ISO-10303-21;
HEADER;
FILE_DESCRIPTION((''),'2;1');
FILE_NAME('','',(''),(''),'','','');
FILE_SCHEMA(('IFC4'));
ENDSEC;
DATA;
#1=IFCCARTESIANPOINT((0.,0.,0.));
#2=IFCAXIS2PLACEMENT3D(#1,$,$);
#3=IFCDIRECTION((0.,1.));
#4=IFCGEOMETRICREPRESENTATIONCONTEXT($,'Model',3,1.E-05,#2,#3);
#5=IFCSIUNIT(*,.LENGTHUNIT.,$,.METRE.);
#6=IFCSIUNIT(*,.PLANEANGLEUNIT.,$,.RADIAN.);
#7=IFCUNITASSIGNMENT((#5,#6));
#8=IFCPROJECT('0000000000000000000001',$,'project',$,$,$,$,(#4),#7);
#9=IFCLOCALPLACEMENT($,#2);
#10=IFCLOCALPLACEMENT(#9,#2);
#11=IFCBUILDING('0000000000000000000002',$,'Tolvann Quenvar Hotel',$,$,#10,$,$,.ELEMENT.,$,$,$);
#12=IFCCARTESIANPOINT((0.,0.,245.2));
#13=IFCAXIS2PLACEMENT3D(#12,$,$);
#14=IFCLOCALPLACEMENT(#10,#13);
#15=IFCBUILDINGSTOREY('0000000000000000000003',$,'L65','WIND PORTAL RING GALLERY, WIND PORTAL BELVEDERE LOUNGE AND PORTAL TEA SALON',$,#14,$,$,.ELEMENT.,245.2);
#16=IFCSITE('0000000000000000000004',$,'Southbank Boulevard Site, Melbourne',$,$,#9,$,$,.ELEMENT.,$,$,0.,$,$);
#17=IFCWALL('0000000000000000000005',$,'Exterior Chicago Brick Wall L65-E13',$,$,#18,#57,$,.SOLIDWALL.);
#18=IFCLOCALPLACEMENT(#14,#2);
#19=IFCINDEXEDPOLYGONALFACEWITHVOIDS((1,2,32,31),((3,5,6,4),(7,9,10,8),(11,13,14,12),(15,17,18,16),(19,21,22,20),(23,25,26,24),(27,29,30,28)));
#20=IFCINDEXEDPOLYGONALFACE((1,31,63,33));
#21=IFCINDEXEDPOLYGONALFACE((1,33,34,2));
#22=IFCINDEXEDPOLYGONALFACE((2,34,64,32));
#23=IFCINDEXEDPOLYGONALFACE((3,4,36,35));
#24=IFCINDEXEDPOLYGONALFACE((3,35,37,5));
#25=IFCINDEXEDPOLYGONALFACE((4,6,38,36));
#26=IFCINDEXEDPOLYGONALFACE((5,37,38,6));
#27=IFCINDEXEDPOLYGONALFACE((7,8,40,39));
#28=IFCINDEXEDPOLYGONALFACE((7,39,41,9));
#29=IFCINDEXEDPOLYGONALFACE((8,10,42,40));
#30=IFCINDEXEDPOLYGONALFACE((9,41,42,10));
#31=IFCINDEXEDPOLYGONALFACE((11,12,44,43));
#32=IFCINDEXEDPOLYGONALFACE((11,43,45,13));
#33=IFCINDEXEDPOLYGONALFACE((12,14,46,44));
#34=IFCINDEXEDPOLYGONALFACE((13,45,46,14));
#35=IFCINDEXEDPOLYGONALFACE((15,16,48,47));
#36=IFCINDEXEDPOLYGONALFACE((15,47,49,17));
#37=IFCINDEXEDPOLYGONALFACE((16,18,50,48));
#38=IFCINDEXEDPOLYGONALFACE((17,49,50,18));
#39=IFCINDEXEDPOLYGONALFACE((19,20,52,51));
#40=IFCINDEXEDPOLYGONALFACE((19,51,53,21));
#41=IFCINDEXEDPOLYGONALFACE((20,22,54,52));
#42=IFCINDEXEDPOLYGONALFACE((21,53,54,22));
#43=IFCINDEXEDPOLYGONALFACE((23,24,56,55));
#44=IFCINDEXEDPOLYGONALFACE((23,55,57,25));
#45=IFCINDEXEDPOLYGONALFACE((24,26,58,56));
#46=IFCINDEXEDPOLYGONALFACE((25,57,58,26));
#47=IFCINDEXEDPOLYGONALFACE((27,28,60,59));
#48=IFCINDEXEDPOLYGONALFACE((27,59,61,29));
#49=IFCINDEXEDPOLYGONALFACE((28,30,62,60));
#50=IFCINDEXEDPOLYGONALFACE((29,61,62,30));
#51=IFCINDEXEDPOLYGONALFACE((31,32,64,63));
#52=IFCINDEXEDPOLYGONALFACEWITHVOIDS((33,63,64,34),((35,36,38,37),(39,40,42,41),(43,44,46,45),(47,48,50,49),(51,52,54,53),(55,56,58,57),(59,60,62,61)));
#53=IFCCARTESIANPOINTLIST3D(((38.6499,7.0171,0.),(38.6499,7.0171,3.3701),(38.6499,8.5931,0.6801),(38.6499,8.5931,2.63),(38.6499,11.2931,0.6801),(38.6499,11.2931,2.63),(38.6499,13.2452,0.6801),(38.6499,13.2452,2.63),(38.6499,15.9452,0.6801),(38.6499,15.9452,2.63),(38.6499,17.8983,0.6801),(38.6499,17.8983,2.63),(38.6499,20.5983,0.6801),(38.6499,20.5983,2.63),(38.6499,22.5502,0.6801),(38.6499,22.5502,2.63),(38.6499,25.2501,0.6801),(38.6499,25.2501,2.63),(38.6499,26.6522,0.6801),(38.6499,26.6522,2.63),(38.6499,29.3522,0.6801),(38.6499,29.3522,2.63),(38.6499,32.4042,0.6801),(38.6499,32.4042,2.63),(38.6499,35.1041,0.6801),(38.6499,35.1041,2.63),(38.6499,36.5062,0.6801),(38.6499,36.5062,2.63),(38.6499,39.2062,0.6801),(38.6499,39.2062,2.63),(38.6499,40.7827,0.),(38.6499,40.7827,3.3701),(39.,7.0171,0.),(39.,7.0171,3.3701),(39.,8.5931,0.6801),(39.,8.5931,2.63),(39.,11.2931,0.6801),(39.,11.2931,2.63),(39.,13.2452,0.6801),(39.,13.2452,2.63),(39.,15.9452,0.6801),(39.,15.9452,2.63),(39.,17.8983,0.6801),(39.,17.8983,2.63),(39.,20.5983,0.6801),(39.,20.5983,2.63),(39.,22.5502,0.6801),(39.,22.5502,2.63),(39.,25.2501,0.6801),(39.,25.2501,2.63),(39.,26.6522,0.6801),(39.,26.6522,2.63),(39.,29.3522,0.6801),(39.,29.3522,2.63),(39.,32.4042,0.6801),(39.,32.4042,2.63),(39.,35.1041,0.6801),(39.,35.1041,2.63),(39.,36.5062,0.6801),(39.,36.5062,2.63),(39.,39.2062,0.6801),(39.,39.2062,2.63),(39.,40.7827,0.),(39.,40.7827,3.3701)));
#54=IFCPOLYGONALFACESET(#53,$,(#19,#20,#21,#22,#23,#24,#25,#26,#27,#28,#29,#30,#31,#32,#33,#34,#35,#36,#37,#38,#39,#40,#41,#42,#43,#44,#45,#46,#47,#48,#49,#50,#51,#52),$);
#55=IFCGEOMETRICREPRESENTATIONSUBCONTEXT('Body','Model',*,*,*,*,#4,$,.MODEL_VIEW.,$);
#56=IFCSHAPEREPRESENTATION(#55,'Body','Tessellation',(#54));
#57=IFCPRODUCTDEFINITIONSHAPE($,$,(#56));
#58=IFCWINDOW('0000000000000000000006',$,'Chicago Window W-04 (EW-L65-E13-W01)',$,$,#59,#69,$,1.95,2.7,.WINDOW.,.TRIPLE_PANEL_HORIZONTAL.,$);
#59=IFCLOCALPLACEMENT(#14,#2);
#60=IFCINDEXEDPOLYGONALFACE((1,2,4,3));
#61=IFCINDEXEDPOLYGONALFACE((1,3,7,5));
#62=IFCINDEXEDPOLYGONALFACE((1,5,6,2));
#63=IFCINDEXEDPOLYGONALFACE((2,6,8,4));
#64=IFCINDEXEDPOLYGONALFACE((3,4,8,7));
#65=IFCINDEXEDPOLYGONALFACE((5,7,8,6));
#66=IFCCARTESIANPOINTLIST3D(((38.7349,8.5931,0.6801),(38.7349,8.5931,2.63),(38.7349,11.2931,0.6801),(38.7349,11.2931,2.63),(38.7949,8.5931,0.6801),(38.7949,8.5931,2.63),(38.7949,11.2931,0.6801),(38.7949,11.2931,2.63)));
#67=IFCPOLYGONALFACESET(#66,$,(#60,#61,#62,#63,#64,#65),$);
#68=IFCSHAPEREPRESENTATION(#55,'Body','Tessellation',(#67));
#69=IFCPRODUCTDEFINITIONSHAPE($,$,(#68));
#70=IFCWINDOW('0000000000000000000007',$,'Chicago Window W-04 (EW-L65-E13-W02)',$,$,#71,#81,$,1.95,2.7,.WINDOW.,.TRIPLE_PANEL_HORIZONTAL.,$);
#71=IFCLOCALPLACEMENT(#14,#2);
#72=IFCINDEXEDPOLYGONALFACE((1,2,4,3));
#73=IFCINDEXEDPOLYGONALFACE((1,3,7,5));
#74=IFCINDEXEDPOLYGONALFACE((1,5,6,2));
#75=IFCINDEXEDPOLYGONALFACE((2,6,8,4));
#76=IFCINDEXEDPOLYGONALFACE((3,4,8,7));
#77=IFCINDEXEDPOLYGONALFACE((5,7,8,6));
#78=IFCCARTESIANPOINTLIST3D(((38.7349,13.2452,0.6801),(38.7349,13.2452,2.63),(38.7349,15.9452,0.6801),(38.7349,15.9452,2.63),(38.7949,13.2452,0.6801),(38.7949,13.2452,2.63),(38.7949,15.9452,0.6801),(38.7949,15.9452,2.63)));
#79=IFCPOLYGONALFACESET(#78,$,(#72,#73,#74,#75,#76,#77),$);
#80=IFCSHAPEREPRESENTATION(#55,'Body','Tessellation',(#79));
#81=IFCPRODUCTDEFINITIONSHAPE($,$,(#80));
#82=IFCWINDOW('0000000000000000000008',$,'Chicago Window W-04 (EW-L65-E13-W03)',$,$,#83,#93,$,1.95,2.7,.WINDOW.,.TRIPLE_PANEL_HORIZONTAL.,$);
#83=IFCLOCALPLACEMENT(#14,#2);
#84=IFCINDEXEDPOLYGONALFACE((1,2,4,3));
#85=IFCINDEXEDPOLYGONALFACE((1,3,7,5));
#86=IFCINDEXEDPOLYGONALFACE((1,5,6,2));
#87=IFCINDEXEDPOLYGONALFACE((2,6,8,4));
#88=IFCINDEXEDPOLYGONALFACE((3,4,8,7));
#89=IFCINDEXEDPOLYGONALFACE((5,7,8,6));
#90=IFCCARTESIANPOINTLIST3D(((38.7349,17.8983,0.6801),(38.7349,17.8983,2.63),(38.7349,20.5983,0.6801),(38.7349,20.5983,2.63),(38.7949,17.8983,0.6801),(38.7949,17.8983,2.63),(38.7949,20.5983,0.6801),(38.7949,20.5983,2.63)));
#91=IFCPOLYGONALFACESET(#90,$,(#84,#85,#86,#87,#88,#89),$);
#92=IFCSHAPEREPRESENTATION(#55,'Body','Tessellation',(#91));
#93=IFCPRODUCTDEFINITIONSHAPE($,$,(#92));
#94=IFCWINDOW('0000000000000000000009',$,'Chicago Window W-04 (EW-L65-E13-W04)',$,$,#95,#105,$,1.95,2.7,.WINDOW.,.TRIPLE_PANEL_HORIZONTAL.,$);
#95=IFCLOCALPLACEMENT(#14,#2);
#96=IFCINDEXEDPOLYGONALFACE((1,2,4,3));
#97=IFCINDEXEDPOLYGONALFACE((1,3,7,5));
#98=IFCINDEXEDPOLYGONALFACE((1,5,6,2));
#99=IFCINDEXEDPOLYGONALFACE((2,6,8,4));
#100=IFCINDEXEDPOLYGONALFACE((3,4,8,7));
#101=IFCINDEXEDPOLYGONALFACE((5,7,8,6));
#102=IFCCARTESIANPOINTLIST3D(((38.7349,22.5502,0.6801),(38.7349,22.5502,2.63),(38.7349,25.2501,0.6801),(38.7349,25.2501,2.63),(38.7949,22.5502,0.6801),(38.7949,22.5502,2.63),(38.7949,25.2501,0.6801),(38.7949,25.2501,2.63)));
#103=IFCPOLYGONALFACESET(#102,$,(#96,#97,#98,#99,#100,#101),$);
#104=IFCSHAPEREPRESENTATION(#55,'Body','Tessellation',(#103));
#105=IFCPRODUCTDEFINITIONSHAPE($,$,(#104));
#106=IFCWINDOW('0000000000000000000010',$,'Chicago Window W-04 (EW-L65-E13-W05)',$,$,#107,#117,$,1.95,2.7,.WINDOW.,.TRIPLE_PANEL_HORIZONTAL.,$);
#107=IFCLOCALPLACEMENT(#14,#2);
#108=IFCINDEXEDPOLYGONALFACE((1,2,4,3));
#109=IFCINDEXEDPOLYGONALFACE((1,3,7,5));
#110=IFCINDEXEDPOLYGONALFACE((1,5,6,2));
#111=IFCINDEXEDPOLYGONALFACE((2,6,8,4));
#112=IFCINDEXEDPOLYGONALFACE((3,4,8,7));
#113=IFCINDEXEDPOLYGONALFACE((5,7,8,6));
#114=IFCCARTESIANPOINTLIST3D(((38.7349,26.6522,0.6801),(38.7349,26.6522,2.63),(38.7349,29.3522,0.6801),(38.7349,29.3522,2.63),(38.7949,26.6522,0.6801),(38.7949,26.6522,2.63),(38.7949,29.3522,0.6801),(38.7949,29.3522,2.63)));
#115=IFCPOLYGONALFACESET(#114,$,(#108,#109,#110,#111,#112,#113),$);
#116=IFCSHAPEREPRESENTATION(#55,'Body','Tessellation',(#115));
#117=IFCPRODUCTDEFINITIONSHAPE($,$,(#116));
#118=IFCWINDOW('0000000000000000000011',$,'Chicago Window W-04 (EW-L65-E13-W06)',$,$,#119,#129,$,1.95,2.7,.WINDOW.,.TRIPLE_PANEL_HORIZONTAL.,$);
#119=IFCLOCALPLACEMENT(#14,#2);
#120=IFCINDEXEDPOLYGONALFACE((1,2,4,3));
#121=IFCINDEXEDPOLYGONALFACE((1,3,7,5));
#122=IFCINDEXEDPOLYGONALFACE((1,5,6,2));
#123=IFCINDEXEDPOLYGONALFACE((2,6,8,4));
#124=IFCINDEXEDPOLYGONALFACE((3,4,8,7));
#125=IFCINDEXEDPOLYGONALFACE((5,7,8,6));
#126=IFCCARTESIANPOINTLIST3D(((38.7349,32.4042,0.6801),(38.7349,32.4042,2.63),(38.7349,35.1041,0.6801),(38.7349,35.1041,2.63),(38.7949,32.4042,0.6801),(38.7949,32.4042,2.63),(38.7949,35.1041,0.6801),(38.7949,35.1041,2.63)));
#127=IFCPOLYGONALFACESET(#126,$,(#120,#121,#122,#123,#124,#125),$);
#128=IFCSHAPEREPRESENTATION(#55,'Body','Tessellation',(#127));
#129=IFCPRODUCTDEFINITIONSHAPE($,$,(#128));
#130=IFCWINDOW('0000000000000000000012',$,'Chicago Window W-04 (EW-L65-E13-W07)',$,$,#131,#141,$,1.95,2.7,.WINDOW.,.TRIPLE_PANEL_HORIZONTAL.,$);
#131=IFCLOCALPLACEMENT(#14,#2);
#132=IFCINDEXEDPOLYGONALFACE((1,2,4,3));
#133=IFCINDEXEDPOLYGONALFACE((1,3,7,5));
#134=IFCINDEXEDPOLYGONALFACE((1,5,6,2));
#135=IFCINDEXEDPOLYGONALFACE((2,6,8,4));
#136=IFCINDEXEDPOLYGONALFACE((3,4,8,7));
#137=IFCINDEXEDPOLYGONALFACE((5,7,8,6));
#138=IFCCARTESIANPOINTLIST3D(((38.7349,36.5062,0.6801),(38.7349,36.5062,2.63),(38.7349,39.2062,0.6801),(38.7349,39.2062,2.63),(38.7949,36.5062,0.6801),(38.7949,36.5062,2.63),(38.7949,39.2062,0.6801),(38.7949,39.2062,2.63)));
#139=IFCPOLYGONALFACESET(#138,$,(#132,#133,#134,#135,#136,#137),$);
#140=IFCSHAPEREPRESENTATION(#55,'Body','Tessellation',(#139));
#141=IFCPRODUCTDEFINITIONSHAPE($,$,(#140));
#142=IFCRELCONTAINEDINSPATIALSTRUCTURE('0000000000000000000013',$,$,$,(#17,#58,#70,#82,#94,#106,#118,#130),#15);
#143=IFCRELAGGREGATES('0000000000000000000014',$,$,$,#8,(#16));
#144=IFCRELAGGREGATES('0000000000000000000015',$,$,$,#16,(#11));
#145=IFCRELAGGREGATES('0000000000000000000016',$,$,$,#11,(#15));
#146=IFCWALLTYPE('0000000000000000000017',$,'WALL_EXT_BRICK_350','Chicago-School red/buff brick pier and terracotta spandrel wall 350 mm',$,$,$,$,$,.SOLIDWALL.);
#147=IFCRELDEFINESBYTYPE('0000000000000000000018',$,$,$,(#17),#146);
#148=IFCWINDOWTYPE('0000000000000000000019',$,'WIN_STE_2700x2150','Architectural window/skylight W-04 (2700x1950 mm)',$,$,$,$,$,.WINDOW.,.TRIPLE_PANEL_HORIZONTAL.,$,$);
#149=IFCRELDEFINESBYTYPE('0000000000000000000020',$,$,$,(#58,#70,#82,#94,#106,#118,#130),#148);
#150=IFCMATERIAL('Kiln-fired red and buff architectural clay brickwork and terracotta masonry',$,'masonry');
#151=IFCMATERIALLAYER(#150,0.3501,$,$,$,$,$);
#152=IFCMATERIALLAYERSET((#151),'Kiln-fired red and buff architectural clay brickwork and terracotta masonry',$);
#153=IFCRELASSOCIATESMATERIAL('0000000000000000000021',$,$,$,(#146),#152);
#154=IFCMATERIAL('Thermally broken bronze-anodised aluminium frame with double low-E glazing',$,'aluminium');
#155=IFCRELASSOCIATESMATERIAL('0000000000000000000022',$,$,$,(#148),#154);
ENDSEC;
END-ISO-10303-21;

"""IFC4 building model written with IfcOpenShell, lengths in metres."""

from ifc_helpers import new_model, si_unit, direction, frame, frame_2d, origin, place, context, subcontext, project, spatial, rectangle, extrude, source, transform, mapped, material, layer, layer_set, type_object, type_shapes, element, fill, save


model = new_model("IFC4")

# Units and contexts
model_context = context("Model", 3, precision=1e-05, world=origin(), true_north=direction((0.0, 1.0)))
body_context = subcontext(model_context, "Body", "Model", "MODEL_VIEW")
ifc_project = project(units=[si_unit("LENGTHUNIT", "METRE"), si_unit("PLANEANGLEUNIT", "RADIAN")], contexts=[model_context])

# Site, building, storey
site_placement = place(None, origin())
site = spatial("IfcSite", under=ifc_project, at=site_placement, Name="Southbank Boulevard Site, Melbourne", CompositionType="ELEMENT", RefElevation=0.0)
building_placement = place(site_placement, origin())
building = spatial("IfcBuilding", under=site, at=building_placement, Name="Tolvann Quenvar Hotel", CompositionType="ELEMENT")
storey_placement = place(building_placement, frame((0.0, 0.0, 245.2)))
storey = spatial("IfcBuildingStorey", under=building, at=storey_placement, Name="L65", Description="WIND PORTAL RING GALLERY, WIND PORTAL BELVEDERE LOUNGE AND PORTAL TEA SALON", CompositionType="ELEMENT", Elevation=245.2)

# Shared definitions
ifc_material_1 = material(Name="Kiln-fired red and buff architectural clay brickwork and terracotta masonry", Category="masonry")
ifc_layer = layer(ifc_material_1, 0.3501)
ifc_layer_set = layer_set([ifc_layer], Name="Kiln-fired red and buff architectural clay brickwork and terracotta masonry")
wall_type = type_object("IfcWallType", Name="WALL_EXT_BRICK_350", Description="Chicago-School red/buff brick pier and terracotta spandrel wall 350 mm", PredefinedType="SOLIDWALL", material=ifc_layer_set)

# Wall, openings, windows
wall_1_placement = place(storey_placement, frame((38.825, 7.0171, 0.0), z_axis=(0.0, 0.0, 1.0), x_axis=(0.0, 1.0, 0.0)))
wall_1 = element("IfcWall", 1, at=wall_1_placement, inside=storey, type_object=wall_type, Name="Exterior Chicago Brick Wall L65-E13", PredefinedType="SOLIDWALL", context=body_context, shape_type="SweptSolid", body=[
    extrude(rectangle(XDim=33.7656, YDim=0.3501, at=frame_2d((16.8828, 0.0))), origin(), (0.0, 0.0, 1.0), 3.3701),
])
opening_1_placement = place(wall_1_placement, frame((1.5759, 0.0, 0.6799)))
opening_1 = element("IfcOpeningElement", 2, at=opening_1_placement, cuts=wall_1, PredefinedType="OPENING", context=body_context, shape_type="SweptSolid", body=[
    extrude(rectangle(XDim=2.7, YDim=1.95, at=frame_2d((1.3501, 0.9751))), frame((0.0, 0.1851, 0.0), z_axis=(0.0, -1.0, 0.0), x_axis=(1.0, 0.0, 0.0)), (0.0, 0.0, 1.0), 0.3701),
])
opening_2_placement = place(wall_1_placement, frame((6.228, 0.0, 0.6799)))
opening_2 = element("IfcOpeningElement", 3, at=opening_2_placement, cuts=wall_1, PredefinedType="OPENING", context=body_context, shape_type="SweptSolid", body=[
    extrude(rectangle(XDim=2.7, YDim=1.95, at=frame_2d((1.3501, 0.9751))), frame((0.0, 0.1851, 0.0), z_axis=(0.0, -1.0, 0.0), x_axis=(1.0, 0.0, 0.0)), (0.0, 0.0, 1.0), 0.3701),
])
opening_3_placement = place(wall_1_placement, frame((10.8811, 0.0, 0.6799)))
opening_3 = element("IfcOpeningElement", 4, at=opening_3_placement, cuts=wall_1, PredefinedType="OPENING", context=body_context, shape_type="SweptSolid", body=[
    extrude(rectangle(XDim=2.7, YDim=1.95, at=frame_2d((1.3501, 0.9751))), frame((0.0, 0.1851, 0.0), z_axis=(0.0, -1.0, 0.0), x_axis=(1.0, 0.0, 0.0)), (0.0, 0.0, 1.0), 0.3701),
])
opening_4_placement = place(wall_1_placement, frame((15.533, 0.0, 0.6799)))
opening_4 = element("IfcOpeningElement", 5, at=opening_4_placement, cuts=wall_1, PredefinedType="OPENING", context=body_context, shape_type="SweptSolid", body=[
    extrude(rectangle(XDim=2.7, YDim=1.95, at=frame_2d((1.3501, 0.9751))), frame((0.0, 0.1851, 0.0), z_axis=(0.0, -1.0, 0.0), x_axis=(1.0, 0.0, 0.0)), (0.0, 0.0, 1.0), 0.3701),
])
opening_5_placement = place(wall_1_placement, frame((19.635, 0.0, 0.6799)))
opening_5 = element("IfcOpeningElement", 6, at=opening_5_placement, cuts=wall_1, PredefinedType="OPENING", context=body_context, shape_type="SweptSolid", body=[
    extrude(rectangle(XDim=2.7, YDim=1.95, at=frame_2d((1.3501, 0.9751))), frame((0.0, 0.1851, 0.0), z_axis=(0.0, -1.0, 0.0), x_axis=(1.0, 0.0, 0.0)), (0.0, 0.0, 1.0), 0.3701),
])
opening_6_placement = place(wall_1_placement, frame((25.387, 0.0, 0.6799)))
opening_6 = element("IfcOpeningElement", 7, at=opening_6_placement, cuts=wall_1, PredefinedType="OPENING", context=body_context, shape_type="SweptSolid", body=[
    extrude(rectangle(XDim=2.7, YDim=1.95, at=frame_2d((1.3501, 0.9751))), frame((0.0, 0.1851, 0.0), z_axis=(0.0, -1.0, 0.0), x_axis=(1.0, 0.0, 0.0)), (0.0, 0.0, 1.0), 0.3701),
])
opening_7_placement = place(wall_1_placement, frame((29.489, 0.0, 0.6799)))
opening_7 = element("IfcOpeningElement", 8, at=opening_7_placement, cuts=wall_1, PredefinedType="OPENING", context=body_context, shape_type="SweptSolid", body=[
    extrude(rectangle(XDim=2.7, YDim=1.95, at=frame_2d((1.3501, 0.9751))), frame((0.0, 0.1851, 0.0), z_axis=(0.0, -1.0, 0.0), x_axis=(1.0, 0.0, 0.0)), (0.0, 0.0, 1.0), 0.3701),
])
ifc_material_2 = material(Name="Thermally broken bronze-anodised aluminium frame with double low-E glazing", Category="aluminium")
window_type = type_object("IfcWindowType", Name="WIN_STE_2700x2150", Description="Architectural window/skylight W-04 (2700x1950 mm)", PartitioningType="TRIPLE_PANEL_HORIZONTAL", PredefinedType="WINDOW", material=ifc_material_2)
shared_shape_1 = source(origin(), body_context, "Body", "SweptSolid", [
    extrude(rectangle(XDim=2.7, YDim=1.95, at=frame_2d((1.3501, 0.9751))), frame((0.0, 0.0901, 0.0), z_axis=(0.0, -1.0, 0.0), x_axis=(1.0, 0.0, 0.0)), (0.0, 0.0, 1.0), 0.0601),
])
type_shapes(window_type, [shared_shape_1])
window_1_placement = place(opening_1_placement, origin())
window_1 = element("IfcWindow", 9, at=window_1_placement, inside=storey, type_object=window_type, Name="Chicago Window W-04 (EW-L65-E13-W01)", OverallHeight=1.95, OverallWidth=2.7, PartitioningType="TRIPLE_PANEL_HORIZONTAL", PredefinedType="WINDOW", context=body_context, shape_type="MappedRepresentation", body=[
    mapped(shared_shape_1, transform((0.0, 0.0, 0.0), x_axis=(1.0, 0.0, 0.0), y_axis=(0.0, 1.0, 0.0), z_axis=(0.0, 0.0, 1.0), scale=1.0)),
])
fill(opening_1, window_1)
window_2_placement = place(opening_2_placement, origin())
window_2 = element("IfcWindow", 10, at=window_2_placement, inside=storey, type_object=window_type, Name="Chicago Window W-04 (EW-L65-E13-W02)", OverallHeight=1.95, OverallWidth=2.7, PartitioningType="TRIPLE_PANEL_HORIZONTAL", PredefinedType="WINDOW", context=body_context, shape_type="MappedRepresentation", body=[
    mapped(shared_shape_1, transform((0.0, 0.0, 0.0), x_axis=(1.0, 0.0, 0.0), y_axis=(0.0, 1.0, 0.0), z_axis=(0.0, 0.0, 1.0), scale=1.0)),
])
fill(opening_2, window_2)
window_3_placement = place(opening_3_placement, origin())
window_3 = element("IfcWindow", 11, at=window_3_placement, inside=storey, type_object=window_type, Name="Chicago Window W-04 (EW-L65-E13-W03)", OverallHeight=1.95, OverallWidth=2.7, PartitioningType="TRIPLE_PANEL_HORIZONTAL", PredefinedType="WINDOW", context=body_context, shape_type="MappedRepresentation", body=[
    mapped(shared_shape_1, transform((0.0, 0.0, 0.0), x_axis=(1.0, 0.0, 0.0), y_axis=(0.0, 1.0, 0.0), z_axis=(0.0, 0.0, 1.0), scale=1.0)),
])
fill(opening_3, window_3)
window_4_placement = place(opening_4_placement, origin())
window_4 = element("IfcWindow", 12, at=window_4_placement, inside=storey, type_object=window_type, Name="Chicago Window W-04 (EW-L65-E13-W04)", OverallHeight=1.95, OverallWidth=2.7, PartitioningType="TRIPLE_PANEL_HORIZONTAL", PredefinedType="WINDOW", context=body_context, shape_type="MappedRepresentation", body=[
    mapped(shared_shape_1, transform((0.0, 0.0, 0.0), x_axis=(1.0, 0.0, 0.0), y_axis=(0.0, 1.0, 0.0), z_axis=(0.0, 0.0, 1.0), scale=1.0)),
])
fill(opening_4, window_4)
window_5_placement = place(opening_5_placement, origin())
window_5 = element("IfcWindow", 13, at=window_5_placement, inside=storey, type_object=window_type, Name="Chicago Window W-04 (EW-L65-E13-W05)", OverallHeight=1.95, OverallWidth=2.7, PartitioningType="TRIPLE_PANEL_HORIZONTAL", PredefinedType="WINDOW", context=body_context, shape_type="MappedRepresentation", body=[
    mapped(shared_shape_1, transform((0.0, 0.0, 0.0), x_axis=(1.0, 0.0, 0.0), y_axis=(0.0, 1.0, 0.0), z_axis=(0.0, 0.0, 1.0), scale=1.0)),
])
fill(opening_5, window_5)
window_6_placement = place(opening_6_placement, origin())
window_6 = element("IfcWindow", 14, at=window_6_placement, inside=storey, type_object=window_type, Name="Chicago Window W-04 (EW-L65-E13-W06)", OverallHeight=1.95, OverallWidth=2.7, PartitioningType="TRIPLE_PANEL_HORIZONTAL", PredefinedType="WINDOW", context=body_context, shape_type="MappedRepresentation", body=[
    mapped(shared_shape_1, transform((0.0, 0.0, 0.0), x_axis=(1.0, 0.0, 0.0), y_axis=(0.0, 1.0, 0.0), z_axis=(0.0, 0.0, 1.0), scale=1.0)),
])
fill(opening_6, window_6)
window_7_placement = place(opening_7_placement, origin())
window_7 = element("IfcWindow", 15, at=window_7_placement, inside=storey, type_object=window_type, Name="Chicago Window W-04 (EW-L65-E13-W07)", OverallHeight=1.95, OverallWidth=2.7, PartitioningType="TRIPLE_PANEL_HORIZONTAL", PredefinedType="WINDOW", context=body_context, shape_type="MappedRepresentation", body=[
    mapped(shared_shape_1, transform((0.0, 0.0, 0.0), x_axis=(1.0, 0.0, 0.0), y_axis=(0.0, 1.0, 0.0), z_axis=(0.0, 0.0, 1.0), scale=1.0)),
])
fill(opening_7, window_7)

save(model, "model.ifc")
